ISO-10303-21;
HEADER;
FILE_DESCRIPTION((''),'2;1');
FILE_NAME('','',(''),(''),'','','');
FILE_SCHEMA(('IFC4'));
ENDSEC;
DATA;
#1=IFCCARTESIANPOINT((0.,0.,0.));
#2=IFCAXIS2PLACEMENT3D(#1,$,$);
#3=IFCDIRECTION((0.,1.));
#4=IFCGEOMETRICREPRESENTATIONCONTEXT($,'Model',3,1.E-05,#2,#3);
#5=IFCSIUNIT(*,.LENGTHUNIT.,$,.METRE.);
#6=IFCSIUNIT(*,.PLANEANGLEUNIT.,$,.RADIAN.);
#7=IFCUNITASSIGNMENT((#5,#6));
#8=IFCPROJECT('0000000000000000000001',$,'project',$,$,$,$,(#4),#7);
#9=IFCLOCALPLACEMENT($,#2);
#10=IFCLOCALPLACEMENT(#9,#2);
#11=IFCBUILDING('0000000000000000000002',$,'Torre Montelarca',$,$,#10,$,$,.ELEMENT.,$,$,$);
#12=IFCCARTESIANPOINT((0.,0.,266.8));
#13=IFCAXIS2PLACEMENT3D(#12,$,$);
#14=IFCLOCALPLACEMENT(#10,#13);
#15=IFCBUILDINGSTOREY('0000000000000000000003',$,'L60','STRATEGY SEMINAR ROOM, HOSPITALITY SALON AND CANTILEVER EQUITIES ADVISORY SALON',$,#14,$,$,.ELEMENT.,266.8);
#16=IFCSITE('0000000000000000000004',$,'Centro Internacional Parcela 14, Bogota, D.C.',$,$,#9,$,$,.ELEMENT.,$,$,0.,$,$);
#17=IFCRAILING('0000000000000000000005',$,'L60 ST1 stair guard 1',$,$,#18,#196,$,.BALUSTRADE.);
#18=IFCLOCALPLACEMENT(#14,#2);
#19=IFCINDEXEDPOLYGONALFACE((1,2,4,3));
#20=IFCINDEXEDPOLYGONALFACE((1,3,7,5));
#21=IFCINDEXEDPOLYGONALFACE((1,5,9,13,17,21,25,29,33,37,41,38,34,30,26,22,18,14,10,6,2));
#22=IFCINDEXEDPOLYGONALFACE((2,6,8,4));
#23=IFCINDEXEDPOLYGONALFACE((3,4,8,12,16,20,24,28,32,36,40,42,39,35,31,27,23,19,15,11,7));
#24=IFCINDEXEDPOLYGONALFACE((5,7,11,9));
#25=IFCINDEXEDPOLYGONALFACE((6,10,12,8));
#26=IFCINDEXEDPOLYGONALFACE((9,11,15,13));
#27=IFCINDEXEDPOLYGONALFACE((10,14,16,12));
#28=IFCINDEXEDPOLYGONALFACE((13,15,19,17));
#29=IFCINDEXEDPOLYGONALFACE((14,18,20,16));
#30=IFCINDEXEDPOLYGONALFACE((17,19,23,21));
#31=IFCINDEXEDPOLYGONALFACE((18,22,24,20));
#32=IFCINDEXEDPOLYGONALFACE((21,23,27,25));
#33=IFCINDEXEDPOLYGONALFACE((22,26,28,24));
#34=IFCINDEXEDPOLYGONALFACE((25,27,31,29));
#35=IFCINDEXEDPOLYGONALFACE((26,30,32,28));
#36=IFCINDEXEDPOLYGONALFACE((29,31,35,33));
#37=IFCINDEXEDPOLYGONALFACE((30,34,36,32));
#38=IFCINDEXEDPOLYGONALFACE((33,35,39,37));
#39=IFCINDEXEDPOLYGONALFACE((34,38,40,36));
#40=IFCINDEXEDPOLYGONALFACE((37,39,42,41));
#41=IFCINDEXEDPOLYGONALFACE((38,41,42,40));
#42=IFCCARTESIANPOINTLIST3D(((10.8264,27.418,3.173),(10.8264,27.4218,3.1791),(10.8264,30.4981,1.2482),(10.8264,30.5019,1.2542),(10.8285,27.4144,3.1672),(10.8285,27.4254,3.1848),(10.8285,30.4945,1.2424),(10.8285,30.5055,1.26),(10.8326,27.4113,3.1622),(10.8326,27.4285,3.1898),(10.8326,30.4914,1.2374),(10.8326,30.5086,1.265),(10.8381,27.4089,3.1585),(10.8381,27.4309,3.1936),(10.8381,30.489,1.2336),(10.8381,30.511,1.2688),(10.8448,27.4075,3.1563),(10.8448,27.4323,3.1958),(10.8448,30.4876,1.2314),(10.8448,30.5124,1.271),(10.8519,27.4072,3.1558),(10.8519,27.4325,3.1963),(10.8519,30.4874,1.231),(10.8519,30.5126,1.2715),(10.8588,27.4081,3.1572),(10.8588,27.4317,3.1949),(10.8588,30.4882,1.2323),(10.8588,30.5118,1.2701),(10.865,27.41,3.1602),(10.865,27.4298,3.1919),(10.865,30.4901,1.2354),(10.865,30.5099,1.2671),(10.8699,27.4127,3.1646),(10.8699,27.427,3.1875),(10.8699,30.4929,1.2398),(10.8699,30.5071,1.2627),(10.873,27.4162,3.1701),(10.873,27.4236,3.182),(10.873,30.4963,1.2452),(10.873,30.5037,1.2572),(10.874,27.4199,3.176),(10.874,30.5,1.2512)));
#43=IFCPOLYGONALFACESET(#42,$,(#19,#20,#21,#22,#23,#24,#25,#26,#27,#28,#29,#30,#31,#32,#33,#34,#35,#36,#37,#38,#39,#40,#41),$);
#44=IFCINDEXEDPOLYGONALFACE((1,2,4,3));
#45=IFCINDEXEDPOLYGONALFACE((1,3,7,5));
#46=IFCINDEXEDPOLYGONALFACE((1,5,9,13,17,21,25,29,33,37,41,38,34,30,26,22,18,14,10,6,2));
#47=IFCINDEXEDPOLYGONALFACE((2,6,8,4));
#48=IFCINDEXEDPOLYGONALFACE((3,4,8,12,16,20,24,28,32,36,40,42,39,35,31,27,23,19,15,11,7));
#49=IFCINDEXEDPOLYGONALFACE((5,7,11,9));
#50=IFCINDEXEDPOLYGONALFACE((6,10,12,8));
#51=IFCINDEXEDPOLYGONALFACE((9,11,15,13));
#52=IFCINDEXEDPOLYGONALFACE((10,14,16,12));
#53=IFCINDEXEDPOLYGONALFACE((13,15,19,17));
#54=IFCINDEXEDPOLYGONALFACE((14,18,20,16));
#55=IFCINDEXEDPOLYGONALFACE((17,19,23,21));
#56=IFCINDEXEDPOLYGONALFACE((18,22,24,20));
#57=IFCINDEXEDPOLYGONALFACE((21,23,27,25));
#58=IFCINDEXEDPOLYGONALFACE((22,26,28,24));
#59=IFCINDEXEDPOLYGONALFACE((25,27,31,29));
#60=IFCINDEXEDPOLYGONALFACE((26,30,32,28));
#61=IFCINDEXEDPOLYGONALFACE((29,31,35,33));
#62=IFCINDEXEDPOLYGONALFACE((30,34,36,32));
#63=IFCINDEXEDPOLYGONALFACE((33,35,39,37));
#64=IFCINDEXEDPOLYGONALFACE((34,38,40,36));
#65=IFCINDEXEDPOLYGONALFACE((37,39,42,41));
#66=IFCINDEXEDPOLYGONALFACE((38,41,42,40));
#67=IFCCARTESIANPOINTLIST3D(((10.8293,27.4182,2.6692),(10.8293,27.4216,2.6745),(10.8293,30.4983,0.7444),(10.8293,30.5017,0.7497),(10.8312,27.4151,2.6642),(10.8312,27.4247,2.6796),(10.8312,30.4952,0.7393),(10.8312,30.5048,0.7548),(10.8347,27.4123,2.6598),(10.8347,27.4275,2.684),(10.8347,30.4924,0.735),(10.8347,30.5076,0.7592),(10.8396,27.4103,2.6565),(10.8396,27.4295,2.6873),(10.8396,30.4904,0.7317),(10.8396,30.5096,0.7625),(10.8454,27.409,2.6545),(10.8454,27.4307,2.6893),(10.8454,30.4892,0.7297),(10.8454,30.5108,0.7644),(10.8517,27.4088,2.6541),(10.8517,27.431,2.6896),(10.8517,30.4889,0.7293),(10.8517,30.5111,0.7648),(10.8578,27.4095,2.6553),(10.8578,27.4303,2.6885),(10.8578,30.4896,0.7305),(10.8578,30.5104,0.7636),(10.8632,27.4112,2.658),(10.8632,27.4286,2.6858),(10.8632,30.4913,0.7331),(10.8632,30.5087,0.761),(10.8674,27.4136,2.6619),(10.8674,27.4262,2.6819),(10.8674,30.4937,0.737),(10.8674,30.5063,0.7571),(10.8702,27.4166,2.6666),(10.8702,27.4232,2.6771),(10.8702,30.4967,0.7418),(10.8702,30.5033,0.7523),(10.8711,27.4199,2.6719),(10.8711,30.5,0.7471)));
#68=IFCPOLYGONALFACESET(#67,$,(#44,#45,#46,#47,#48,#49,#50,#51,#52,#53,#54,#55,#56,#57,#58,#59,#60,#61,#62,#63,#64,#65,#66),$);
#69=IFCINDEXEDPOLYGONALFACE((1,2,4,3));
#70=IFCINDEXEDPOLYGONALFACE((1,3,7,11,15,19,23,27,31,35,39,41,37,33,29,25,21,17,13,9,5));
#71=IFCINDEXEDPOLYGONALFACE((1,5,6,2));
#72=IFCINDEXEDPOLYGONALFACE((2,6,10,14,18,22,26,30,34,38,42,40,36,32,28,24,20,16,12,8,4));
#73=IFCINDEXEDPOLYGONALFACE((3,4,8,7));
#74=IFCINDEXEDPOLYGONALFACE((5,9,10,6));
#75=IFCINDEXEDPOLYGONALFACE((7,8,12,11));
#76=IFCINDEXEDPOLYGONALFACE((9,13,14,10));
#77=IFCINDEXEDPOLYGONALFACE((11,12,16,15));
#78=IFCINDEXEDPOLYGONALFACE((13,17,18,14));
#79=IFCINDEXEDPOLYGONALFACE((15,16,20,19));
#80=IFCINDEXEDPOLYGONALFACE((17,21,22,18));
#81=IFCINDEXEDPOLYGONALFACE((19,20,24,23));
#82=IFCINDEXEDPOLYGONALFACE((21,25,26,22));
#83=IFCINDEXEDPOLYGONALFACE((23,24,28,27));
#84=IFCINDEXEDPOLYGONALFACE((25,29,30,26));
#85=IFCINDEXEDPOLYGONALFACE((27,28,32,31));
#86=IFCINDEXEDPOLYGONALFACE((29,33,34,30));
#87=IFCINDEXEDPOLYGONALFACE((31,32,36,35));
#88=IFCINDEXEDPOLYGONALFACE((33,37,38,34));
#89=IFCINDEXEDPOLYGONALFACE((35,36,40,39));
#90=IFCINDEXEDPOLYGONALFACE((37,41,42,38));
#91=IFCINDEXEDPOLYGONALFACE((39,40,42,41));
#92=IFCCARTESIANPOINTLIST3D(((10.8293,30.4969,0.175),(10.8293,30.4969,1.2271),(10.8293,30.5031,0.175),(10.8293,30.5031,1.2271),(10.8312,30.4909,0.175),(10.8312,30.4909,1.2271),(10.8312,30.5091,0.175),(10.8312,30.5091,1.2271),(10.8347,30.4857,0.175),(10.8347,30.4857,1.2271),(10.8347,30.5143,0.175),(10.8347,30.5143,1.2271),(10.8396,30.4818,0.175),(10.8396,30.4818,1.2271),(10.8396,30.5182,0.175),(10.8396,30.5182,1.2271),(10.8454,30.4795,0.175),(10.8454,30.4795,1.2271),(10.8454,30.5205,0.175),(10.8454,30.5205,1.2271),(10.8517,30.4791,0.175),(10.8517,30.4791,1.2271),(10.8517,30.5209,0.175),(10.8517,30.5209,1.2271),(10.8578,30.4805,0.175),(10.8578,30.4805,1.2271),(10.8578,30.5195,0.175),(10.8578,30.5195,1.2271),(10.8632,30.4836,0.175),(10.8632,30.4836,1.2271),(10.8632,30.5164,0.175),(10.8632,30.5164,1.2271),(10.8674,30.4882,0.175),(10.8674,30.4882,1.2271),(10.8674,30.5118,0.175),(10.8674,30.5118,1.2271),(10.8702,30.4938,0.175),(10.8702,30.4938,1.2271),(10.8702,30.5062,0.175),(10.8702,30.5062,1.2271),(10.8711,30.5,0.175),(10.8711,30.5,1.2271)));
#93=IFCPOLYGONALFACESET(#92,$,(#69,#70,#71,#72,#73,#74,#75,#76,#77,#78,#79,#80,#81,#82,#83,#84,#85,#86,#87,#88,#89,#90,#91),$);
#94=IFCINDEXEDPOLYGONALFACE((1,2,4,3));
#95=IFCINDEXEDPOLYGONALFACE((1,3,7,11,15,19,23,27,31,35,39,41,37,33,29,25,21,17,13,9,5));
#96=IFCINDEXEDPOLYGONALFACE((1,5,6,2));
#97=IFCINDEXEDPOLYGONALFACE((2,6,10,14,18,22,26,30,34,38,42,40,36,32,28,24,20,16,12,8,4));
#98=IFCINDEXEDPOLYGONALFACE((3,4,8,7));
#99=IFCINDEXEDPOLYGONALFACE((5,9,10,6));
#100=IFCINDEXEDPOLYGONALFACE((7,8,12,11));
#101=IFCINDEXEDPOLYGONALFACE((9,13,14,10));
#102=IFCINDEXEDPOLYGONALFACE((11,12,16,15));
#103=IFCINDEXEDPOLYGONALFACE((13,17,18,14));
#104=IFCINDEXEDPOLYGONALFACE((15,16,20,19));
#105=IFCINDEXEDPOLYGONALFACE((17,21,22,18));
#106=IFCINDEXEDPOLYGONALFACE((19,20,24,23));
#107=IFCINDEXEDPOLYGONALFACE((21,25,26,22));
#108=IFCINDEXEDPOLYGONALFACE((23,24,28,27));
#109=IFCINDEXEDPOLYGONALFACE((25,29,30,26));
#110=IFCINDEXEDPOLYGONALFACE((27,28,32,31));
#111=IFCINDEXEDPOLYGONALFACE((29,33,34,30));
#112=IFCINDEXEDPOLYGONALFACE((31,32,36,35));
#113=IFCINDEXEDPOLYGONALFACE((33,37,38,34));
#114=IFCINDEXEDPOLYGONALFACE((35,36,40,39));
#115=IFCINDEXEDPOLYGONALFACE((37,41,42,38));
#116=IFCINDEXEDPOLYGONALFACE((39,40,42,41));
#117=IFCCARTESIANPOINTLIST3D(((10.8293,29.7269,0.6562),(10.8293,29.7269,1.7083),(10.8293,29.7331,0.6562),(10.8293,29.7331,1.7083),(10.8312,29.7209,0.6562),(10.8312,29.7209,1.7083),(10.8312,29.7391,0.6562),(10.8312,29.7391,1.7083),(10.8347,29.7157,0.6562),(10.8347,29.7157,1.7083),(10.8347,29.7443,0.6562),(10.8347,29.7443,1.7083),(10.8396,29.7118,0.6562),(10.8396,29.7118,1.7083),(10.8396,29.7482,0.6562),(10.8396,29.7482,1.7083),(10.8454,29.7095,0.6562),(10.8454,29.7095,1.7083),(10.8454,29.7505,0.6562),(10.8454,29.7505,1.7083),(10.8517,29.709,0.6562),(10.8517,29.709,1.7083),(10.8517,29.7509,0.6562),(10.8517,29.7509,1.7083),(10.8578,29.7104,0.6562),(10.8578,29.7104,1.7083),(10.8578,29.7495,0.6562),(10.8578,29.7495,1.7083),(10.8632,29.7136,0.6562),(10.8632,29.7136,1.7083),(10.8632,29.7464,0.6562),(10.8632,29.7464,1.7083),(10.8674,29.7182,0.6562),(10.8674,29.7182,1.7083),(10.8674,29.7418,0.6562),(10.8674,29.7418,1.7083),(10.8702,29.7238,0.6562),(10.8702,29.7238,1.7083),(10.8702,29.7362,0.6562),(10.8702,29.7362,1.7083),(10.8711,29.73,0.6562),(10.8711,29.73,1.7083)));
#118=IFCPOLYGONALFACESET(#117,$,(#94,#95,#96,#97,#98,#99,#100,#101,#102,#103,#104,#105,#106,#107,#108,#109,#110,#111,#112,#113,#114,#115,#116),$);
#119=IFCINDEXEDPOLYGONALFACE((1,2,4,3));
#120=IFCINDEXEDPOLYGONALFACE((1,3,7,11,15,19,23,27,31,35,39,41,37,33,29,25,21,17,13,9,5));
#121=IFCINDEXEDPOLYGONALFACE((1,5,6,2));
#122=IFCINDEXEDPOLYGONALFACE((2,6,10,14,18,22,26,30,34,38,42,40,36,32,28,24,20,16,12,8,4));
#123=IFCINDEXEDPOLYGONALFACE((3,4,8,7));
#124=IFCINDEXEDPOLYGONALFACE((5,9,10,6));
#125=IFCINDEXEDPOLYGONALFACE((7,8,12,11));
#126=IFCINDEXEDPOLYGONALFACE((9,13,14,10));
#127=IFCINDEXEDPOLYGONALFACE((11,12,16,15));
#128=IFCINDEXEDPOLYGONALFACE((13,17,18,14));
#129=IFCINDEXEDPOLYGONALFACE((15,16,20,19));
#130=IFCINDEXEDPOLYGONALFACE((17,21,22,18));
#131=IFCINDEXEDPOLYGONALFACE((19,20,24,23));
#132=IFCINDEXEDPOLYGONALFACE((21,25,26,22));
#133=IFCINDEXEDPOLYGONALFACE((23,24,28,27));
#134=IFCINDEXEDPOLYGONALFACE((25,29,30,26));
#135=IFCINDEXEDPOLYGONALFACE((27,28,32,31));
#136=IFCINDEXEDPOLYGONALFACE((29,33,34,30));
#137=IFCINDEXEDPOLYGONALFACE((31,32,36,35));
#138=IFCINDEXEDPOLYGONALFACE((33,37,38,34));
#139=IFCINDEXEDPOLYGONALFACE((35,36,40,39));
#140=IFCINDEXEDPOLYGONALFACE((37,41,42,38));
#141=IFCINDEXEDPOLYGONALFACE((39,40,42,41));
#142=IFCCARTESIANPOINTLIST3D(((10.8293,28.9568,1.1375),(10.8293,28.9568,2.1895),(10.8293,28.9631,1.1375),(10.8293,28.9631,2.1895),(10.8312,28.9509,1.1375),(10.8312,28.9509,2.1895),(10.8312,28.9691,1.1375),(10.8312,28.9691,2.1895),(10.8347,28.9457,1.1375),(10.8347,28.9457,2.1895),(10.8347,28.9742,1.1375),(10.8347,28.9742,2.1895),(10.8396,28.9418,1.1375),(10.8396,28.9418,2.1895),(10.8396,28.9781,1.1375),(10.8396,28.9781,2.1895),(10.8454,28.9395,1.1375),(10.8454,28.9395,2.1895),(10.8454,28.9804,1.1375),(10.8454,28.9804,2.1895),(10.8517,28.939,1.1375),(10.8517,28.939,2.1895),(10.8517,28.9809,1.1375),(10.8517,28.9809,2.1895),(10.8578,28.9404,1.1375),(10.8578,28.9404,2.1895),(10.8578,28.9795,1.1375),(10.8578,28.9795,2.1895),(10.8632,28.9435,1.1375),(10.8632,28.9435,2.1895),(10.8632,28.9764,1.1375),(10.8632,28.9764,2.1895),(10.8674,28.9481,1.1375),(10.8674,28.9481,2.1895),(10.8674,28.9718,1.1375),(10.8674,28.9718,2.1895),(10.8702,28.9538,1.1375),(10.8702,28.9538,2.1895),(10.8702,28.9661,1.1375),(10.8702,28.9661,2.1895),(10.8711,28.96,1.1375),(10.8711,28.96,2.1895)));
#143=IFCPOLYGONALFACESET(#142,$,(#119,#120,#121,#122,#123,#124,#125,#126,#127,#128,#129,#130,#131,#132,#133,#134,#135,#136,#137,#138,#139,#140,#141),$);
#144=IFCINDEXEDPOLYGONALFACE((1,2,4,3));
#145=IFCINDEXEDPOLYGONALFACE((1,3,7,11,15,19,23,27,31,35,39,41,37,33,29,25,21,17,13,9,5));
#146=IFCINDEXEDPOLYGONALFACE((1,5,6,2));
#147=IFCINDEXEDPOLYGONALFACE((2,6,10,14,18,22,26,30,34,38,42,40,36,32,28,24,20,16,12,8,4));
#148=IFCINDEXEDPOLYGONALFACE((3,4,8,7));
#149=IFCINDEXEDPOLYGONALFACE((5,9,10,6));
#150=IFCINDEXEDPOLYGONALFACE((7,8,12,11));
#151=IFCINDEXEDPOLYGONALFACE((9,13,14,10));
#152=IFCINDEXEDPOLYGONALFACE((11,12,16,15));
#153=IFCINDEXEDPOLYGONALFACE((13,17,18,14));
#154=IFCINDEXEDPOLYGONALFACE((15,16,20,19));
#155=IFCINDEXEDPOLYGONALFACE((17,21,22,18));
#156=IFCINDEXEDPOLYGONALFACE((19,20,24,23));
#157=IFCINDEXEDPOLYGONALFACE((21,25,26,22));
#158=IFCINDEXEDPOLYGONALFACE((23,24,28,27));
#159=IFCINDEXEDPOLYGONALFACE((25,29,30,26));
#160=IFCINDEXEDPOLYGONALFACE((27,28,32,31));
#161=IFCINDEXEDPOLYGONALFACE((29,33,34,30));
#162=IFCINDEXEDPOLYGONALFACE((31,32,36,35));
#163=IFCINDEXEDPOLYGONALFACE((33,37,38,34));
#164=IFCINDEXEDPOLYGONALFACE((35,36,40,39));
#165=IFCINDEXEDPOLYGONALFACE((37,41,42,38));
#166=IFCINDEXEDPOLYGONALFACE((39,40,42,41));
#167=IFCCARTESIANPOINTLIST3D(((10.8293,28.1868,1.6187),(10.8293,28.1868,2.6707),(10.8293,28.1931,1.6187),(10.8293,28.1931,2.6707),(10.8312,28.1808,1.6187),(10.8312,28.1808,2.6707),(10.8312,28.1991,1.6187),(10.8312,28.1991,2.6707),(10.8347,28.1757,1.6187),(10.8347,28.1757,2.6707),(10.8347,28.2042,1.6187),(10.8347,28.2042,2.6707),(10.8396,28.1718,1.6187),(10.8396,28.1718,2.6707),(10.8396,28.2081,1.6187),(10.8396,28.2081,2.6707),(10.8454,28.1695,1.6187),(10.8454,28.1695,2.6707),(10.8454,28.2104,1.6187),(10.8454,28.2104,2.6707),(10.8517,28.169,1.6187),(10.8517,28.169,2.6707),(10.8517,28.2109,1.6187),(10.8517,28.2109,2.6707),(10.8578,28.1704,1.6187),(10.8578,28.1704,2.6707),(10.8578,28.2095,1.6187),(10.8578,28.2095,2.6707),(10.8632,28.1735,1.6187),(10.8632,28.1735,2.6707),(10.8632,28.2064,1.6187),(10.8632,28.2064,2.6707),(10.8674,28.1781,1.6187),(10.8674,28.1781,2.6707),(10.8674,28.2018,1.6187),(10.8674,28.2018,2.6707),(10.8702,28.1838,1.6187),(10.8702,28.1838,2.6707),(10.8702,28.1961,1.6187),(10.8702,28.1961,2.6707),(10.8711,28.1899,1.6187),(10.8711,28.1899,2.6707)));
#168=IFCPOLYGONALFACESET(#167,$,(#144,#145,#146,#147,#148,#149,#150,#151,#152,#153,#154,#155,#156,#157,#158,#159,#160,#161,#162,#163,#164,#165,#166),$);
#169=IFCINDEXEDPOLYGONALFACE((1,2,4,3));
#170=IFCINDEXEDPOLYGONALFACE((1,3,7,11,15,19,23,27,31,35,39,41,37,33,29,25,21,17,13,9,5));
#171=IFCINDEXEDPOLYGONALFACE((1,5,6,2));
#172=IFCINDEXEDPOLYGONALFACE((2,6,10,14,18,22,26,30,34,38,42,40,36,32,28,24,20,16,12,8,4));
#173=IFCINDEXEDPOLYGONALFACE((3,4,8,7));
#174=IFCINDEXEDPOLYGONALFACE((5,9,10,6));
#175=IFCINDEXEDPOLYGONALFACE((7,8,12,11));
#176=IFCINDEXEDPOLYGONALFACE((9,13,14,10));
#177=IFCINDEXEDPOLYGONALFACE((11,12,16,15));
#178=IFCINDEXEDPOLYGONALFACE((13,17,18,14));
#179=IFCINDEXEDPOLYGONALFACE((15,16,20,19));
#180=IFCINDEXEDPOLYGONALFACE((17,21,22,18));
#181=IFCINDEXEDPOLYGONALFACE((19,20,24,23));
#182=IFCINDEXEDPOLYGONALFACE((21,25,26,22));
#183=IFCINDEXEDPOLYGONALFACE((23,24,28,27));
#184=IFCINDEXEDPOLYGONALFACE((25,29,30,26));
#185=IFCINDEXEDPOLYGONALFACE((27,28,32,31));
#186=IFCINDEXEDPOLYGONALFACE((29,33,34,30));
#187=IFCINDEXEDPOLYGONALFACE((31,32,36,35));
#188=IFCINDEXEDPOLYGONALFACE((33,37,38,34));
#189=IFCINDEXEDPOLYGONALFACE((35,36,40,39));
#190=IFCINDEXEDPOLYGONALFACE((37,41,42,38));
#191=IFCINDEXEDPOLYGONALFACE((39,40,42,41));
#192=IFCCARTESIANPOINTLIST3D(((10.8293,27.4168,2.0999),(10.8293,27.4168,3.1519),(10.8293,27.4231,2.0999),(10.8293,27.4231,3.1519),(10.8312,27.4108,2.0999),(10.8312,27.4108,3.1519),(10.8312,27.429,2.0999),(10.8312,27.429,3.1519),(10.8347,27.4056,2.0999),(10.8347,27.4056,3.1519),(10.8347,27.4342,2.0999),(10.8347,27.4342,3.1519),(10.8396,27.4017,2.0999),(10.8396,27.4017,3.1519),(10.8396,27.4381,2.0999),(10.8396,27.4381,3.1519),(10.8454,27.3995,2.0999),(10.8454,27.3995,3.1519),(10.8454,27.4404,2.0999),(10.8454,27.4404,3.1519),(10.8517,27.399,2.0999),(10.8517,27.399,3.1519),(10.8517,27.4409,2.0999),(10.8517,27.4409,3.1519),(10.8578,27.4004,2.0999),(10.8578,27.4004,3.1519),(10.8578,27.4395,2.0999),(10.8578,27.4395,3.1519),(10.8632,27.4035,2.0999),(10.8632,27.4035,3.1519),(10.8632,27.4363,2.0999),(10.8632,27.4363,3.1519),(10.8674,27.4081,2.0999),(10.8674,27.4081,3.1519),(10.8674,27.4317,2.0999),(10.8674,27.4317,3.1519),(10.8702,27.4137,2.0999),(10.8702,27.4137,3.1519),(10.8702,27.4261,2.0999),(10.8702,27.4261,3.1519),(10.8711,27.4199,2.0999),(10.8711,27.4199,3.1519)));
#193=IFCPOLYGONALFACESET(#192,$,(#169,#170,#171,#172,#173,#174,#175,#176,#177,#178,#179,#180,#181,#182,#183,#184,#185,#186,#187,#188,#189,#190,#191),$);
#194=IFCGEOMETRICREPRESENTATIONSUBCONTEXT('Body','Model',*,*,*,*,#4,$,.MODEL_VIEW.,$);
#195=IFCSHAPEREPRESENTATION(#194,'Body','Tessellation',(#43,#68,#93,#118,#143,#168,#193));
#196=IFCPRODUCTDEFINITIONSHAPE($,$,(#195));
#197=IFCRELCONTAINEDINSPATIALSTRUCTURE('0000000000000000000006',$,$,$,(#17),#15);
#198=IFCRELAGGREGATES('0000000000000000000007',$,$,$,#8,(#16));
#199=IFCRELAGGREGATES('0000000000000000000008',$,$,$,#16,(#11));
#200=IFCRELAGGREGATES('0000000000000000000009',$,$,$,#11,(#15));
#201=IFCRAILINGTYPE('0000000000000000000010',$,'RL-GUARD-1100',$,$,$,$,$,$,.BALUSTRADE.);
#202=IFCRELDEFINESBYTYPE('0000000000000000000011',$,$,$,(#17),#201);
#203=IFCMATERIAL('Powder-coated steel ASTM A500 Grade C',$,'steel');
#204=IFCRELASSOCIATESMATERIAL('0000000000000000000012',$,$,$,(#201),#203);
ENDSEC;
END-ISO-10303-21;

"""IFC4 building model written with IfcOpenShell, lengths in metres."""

from ifc_helpers import new_model, si_unit, direction, frame, origin, origin_2d, place, context, subcontext, project, spatial, circle, extrude, material, type_object, element, save


model = new_model("IFC4")

# Units and contexts
model_context = context("Model", 3, precision=1e-05, world=origin(), true_north=direction((0.0, 1.0)))
body_context = subcontext(model_context, "Body", "Model", "MODEL_VIEW")
ifc_project = project(units=[si_unit("LENGTHUNIT", "METRE"), si_unit("PLANEANGLEUNIT", "RADIAN")], contexts=[model_context])

# Site, building, storey
site_placement = place(None, origin())
site = spatial("IfcSite", under=ifc_project, at=site_placement, Name="Centro Internacional Parcela 14, Bogota, D.C.", CompositionType="ELEMENT", RefElevation=0.0)
building_placement = place(site_placement, origin())
building = spatial("IfcBuilding", under=site, at=building_placement, Name="Torre Montelarca", CompositionType="ELEMENT")
storey_placement = place(building_placement, frame((0.0, 0.0, 266.8)))
storey = spatial("IfcBuildingStorey", under=building, at=storey_placement, Name="L60", Description="STRATEGY SEMINAR ROOM, HOSPITALITY SALON AND CANTILEVER EQUITIES ADVISORY SALON", CompositionType="ELEMENT", Elevation=266.8)

# Railing
ifc_material_1 = material(Name="Powder-coated steel ASTM A500 Grade C", Category="steel")
railing_type_1 = type_object("IfcRailingType", Name="RL-GUARD-1100", PredefinedType="BALUSTRADE", material=ifc_material_1)
railing_1_placement = place(storey_placement, frame((10.8501, 30.5, 0.175)))
element("IfcRailing", 1, at=railing_1_placement, inside=storey, type_object=railing_type_1, Name="L60 ST1 stair guard 1", PredefinedType="BALUSTRADE", context=body_context, shape_type="SweptSolid", body=[
    extrude(circle(Radius=0.0239, at=origin_2d()), frame((0.0, 0.0, 1.0762), z_axis=(0.0, -0.848029, 0.529951), x_axis=(1.0, 0.0, 0.0)), (0.0, 0.0, 1.0), 3.6321),
    extrude(circle(Radius=0.021, at=origin_2d()), frame((0.0, 0.0, 0.572), z_axis=(0.0, -0.848029, 0.529951), x_axis=(1.0, 0.0, 0.0)), (0.0, 0.0, 1.0), 3.6321),
    extrude(circle(Radius=0.021, at=origin_2d()), origin(), (0.0, 0.0, 1.0), 1.052),
    extrude(circle(Radius=0.021, at=origin_2d()), frame((0.0, -0.77, 0.4812)), (0.0, 0.0, 1.0), 1.052),
    extrude(circle(Radius=0.021, at=origin_2d()), frame((0.0, -1.54, 0.9624)), (0.0, 0.0, 1.0), 1.052),
    extrude(circle(Radius=0.021, at=origin_2d()), frame((0.0, -2.3101, 1.4436)), (0.0, 0.0, 1.0), 1.052),
    extrude(circle(Radius=0.021, at=origin_2d()), frame((0.0, -3.0801, 1.9248)), (0.0, 0.0, 1.0), 1.052),
])

save(model, "model.ifc")
